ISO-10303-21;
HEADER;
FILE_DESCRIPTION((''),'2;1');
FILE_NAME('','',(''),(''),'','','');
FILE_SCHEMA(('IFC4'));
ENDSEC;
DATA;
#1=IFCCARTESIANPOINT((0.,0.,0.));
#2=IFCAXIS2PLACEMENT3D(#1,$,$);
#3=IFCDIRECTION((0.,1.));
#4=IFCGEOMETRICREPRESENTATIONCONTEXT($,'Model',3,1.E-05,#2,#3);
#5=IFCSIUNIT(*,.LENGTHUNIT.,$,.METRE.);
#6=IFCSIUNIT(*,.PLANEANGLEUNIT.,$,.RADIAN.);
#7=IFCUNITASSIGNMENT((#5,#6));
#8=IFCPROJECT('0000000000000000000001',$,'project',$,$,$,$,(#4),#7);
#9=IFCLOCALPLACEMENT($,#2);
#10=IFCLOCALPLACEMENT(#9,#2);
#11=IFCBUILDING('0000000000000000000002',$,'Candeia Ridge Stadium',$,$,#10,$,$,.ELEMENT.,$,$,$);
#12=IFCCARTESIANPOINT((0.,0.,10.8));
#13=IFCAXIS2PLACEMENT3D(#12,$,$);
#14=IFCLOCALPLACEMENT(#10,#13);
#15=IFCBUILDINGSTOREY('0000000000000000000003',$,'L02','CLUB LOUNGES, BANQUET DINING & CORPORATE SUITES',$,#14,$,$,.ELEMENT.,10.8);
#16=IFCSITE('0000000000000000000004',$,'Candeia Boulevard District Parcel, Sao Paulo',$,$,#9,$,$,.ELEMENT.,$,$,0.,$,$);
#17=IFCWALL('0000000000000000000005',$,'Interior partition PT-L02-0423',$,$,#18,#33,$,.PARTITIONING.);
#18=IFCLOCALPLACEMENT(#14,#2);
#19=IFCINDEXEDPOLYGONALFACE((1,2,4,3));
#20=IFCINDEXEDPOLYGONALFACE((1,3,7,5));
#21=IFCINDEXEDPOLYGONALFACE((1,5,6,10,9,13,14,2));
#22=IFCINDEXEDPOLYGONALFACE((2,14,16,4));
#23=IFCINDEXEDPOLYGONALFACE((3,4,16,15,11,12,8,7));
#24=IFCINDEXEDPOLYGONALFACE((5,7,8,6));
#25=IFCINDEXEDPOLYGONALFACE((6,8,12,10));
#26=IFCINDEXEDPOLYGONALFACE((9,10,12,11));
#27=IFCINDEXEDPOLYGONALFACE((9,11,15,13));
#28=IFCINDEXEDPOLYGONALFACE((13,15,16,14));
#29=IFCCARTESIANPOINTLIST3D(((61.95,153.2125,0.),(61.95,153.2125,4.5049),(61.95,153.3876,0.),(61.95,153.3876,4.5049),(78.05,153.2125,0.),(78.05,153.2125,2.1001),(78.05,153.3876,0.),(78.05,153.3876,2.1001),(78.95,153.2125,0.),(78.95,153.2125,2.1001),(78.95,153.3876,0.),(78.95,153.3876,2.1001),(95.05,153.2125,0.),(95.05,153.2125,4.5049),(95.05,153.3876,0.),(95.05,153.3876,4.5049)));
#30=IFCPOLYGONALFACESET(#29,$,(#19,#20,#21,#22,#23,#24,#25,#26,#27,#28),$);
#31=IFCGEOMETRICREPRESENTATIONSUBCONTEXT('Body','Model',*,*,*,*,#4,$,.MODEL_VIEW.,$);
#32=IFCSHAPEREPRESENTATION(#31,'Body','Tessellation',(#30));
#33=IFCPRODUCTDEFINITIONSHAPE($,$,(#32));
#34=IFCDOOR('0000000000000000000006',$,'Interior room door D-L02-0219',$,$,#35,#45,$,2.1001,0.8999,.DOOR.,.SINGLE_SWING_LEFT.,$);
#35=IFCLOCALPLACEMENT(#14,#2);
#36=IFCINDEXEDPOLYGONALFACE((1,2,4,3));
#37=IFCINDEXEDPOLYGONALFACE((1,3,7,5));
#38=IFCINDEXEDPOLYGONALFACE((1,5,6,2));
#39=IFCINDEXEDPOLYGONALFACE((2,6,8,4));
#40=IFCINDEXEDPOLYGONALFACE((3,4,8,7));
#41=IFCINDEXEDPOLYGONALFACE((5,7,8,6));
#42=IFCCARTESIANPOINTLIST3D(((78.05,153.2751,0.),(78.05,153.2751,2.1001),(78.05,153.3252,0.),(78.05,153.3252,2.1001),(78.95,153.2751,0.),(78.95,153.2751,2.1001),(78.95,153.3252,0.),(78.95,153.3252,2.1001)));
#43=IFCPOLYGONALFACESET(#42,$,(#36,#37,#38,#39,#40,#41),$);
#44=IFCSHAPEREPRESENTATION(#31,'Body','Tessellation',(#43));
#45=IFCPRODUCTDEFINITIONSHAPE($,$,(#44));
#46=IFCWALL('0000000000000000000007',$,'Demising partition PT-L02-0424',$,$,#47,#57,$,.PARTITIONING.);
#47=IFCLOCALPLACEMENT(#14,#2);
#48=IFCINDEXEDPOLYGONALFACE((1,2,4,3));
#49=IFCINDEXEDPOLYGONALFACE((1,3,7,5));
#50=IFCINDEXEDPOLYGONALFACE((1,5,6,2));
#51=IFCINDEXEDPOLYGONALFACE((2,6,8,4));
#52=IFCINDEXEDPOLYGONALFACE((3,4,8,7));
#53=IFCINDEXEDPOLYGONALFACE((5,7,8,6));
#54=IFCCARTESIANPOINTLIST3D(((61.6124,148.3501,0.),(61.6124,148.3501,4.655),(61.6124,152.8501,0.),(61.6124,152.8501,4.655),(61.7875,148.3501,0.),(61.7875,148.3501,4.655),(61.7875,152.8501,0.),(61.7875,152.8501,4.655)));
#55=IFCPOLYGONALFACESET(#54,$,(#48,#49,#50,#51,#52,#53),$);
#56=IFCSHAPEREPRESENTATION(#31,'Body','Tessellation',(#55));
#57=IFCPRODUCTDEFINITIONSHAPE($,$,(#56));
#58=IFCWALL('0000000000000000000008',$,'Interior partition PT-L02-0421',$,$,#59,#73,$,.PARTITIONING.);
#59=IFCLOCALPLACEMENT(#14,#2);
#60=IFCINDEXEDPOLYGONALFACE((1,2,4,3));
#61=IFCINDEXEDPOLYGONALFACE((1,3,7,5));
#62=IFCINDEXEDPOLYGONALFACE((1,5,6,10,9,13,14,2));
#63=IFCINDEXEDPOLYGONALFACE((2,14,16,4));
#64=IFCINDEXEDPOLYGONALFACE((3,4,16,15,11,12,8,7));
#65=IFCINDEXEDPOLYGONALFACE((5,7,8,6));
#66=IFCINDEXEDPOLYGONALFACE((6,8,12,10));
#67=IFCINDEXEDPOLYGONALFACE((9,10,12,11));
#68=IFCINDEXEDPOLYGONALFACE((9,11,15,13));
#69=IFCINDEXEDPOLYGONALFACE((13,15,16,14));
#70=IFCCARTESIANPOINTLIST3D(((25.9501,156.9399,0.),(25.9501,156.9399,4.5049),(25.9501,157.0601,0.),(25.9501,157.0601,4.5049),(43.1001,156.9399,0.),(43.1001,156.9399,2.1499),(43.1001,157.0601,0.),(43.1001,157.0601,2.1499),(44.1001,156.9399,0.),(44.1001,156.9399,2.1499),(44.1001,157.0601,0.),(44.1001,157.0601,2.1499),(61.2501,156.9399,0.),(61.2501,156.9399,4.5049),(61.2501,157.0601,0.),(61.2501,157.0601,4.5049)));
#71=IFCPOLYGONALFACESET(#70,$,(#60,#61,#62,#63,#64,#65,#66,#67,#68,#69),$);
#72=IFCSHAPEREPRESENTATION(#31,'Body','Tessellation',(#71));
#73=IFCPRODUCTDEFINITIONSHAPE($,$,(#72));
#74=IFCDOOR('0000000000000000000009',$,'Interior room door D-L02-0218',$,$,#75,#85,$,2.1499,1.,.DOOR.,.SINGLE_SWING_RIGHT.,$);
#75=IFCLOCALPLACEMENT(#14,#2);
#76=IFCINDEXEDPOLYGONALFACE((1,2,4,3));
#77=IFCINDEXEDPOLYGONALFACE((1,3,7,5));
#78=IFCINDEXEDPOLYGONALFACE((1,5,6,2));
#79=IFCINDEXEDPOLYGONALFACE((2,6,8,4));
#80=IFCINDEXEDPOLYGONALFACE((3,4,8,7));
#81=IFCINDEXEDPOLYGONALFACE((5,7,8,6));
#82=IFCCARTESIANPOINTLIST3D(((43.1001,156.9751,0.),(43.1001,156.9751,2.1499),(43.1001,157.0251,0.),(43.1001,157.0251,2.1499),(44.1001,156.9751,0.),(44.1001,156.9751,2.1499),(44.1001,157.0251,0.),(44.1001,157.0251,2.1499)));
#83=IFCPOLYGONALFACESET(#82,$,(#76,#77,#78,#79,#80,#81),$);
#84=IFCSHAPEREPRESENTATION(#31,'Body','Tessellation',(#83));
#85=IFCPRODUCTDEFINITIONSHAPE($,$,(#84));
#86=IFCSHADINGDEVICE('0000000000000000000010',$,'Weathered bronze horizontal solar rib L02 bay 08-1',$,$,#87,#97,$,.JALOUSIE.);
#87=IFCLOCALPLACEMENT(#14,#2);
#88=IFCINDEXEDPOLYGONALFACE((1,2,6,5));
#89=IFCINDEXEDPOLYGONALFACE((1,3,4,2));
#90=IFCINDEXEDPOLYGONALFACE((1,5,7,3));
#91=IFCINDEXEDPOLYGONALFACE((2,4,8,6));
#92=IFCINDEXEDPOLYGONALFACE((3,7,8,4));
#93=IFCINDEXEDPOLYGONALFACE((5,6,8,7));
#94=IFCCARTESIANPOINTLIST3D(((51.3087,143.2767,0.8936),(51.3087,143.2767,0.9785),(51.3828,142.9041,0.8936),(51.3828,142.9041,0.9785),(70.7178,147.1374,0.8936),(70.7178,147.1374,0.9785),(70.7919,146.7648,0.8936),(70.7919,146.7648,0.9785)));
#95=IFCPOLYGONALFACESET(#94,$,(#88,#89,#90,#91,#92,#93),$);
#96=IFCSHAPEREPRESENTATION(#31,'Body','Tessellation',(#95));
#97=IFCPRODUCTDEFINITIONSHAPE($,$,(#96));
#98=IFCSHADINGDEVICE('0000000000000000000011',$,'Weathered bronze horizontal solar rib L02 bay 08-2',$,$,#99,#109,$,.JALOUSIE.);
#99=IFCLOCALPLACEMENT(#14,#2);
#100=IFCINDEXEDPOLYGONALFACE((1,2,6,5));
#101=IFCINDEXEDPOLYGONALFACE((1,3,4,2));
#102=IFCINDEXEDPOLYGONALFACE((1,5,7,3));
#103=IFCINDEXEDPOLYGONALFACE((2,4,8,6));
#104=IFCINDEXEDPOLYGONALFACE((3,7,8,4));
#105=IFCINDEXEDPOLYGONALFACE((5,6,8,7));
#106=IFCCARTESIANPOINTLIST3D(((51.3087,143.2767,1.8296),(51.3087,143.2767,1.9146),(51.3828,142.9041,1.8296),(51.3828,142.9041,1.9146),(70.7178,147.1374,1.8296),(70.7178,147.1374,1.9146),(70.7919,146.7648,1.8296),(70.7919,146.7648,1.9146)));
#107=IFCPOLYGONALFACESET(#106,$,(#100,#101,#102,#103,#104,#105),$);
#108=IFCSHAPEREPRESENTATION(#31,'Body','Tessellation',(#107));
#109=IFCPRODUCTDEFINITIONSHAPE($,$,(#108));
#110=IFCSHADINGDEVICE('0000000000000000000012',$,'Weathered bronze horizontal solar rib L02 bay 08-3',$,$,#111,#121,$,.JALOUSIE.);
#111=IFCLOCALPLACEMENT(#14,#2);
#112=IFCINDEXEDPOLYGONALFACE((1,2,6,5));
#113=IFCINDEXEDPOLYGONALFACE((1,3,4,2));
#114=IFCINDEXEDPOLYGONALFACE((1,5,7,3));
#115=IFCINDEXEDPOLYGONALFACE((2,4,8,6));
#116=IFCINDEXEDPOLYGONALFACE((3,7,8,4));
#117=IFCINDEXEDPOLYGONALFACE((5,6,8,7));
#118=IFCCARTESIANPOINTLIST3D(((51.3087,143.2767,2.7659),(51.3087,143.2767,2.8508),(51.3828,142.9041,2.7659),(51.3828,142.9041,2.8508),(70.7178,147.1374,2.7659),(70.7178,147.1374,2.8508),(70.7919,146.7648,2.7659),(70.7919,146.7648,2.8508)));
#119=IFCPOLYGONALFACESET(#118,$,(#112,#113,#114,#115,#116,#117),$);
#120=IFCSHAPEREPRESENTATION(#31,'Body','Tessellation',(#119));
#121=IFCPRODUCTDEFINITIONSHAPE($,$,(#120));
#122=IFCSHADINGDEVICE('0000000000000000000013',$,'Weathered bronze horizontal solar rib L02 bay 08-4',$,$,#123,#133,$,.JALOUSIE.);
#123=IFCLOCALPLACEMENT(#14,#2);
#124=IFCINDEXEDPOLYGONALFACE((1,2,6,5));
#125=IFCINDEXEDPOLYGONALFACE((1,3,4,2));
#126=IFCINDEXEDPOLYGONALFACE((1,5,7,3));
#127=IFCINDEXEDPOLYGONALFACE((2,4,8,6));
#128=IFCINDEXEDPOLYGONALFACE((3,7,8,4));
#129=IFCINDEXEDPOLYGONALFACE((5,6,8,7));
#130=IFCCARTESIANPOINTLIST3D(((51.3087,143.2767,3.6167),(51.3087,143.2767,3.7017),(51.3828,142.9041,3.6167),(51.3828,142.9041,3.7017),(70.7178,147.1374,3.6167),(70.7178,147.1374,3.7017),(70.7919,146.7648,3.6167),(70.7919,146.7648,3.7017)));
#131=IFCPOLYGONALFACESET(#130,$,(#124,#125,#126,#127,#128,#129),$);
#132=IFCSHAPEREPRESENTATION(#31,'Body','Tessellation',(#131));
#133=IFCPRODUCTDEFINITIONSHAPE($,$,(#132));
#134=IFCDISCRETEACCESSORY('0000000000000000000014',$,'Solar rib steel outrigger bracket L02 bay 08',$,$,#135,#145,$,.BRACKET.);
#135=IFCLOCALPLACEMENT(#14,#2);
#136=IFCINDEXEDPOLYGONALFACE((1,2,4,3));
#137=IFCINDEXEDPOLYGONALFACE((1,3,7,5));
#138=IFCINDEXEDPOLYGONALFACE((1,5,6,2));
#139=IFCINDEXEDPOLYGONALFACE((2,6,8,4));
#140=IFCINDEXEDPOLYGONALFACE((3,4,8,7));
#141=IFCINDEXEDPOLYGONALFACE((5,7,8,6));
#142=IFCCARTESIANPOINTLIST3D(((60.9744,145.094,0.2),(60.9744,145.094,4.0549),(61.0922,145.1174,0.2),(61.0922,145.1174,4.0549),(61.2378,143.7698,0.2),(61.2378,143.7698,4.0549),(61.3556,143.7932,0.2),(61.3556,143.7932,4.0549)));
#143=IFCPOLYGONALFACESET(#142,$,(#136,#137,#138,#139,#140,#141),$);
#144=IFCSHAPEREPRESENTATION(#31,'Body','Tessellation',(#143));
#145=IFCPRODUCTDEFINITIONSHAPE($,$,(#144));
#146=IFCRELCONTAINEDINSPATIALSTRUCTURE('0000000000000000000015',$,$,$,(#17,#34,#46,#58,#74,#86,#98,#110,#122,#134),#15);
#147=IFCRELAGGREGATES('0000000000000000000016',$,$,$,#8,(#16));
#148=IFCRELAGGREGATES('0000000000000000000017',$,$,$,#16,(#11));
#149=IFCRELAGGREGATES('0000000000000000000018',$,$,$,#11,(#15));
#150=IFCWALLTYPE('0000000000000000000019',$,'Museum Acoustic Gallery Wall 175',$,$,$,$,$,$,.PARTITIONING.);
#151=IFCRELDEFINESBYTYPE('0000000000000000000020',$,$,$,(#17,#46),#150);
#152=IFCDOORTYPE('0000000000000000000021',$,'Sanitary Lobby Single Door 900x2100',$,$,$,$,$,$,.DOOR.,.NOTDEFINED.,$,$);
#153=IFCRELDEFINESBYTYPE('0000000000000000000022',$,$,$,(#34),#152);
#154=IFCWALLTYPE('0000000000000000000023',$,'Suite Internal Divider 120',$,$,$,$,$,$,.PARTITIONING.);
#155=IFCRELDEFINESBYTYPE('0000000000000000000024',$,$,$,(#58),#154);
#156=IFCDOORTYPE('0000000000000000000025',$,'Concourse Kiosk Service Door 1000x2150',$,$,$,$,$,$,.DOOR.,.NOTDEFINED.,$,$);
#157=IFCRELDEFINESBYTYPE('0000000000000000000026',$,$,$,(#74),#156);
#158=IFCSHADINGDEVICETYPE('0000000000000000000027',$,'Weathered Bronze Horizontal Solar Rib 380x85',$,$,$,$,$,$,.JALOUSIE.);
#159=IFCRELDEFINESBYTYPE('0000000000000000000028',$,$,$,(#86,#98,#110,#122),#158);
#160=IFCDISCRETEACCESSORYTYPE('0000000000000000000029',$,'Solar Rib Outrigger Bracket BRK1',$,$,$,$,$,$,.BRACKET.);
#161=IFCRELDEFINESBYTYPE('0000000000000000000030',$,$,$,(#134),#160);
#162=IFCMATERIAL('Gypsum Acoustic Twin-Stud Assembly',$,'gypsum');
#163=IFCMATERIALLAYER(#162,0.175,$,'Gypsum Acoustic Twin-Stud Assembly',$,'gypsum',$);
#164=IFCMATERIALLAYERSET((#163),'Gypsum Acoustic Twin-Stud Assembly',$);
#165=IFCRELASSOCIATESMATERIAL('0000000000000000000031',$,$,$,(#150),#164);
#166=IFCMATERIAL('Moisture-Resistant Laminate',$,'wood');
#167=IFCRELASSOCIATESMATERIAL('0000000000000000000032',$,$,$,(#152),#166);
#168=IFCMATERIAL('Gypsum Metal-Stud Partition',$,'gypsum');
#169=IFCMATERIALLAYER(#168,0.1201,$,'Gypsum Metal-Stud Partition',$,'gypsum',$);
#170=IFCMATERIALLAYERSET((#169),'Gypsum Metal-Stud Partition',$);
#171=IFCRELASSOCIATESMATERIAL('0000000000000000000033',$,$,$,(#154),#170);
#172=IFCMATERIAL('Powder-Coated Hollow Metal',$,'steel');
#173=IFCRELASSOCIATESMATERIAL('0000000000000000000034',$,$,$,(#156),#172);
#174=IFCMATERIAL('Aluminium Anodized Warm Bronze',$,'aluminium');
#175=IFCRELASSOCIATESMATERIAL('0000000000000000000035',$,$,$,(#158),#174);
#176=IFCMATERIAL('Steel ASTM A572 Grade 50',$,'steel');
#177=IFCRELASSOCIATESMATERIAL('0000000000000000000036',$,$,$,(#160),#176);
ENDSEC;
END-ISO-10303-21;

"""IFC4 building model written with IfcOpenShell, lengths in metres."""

from ifc_helpers import new_model, si_unit, direction, frame, frame_2d, origin, origin_2d, place, context, subcontext, project, spatial, rectangle, extrude, material, layer, layer_set, type_object, element, fill, save


model = new_model("IFC4")

# Units and contexts
model_context = context("Model", 3, precision=1e-05, world=origin(), true_north=direction((0.0, 1.0)))
body_context = subcontext(model_context, "Body", "Model", "MODEL_VIEW")
ifc_project = project(units=[si_unit("LENGTHUNIT", "METRE"), si_unit("PLANEANGLEUNIT", "RADIAN")], contexts=[model_context])

# Site, building, storey
site_placement = place(None, origin())
site = spatial("IfcSite", under=ifc_project, at=site_placement, Name="Candeia Boulevard District Parcel, Sao Paulo", CompositionType="ELEMENT", RefElevation=0.0)
building_placement = place(site_placement, origin())
building = spatial("IfcBuilding", under=site, at=building_placement, Name="Candeia Ridge Stadium", CompositionType="ELEMENT")
storey_placement = place(building_placement, frame((0.0, 0.0, 10.8)))
storey = spatial("IfcBuildingStorey", under=building, at=storey_placement, Name="L02", Description="CLUB LOUNGES, BANQUET DINING & CORPORATE SUITES", CompositionType="ELEMENT", Elevation=10.8)

# Shared definitions
ifc_material_1 = material(Name="Aluminium Anodized Warm Bronze", Category="aluminium")

# Wall, opening, door
ifc_material_2 = material(Name="Gypsum Acoustic Twin-Stud Assembly", Category="gypsum")
ifc_layer_1 = layer(ifc_material_2, 0.175, Name="Gypsum Acoustic Twin-Stud Assembly", Category="gypsum")
ifc_layer_set_1 = layer_set([ifc_layer_1], Name="Gypsum Acoustic Twin-Stud Assembly")
wall_type_1 = type_object("IfcWallType", Name="Museum Acoustic Gallery Wall 175", PredefinedType="PARTITIONING", material=ifc_layer_set_1)
wall_1_placement = place(storey_placement, frame((61.95, 153.3, 0.0), z_axis=(0.0, 0.0, 1.0), x_axis=(1.0, 0.0, 0.0)))
wall_1 = element("IfcWall", 1, at=wall_1_placement, inside=storey, type_object=wall_type_1, Name="Interior partition PT-L02-0423", PredefinedType="PARTITIONING", context=body_context, shape_type="SweptSolid", body=[
    extrude(rectangle(XDim=33.1001, YDim=0.175, at=frame_2d((16.55, 0.0))), origin(), (0.0, 0.0, 1.0), 4.5049),
])
opening_1_placement = place(wall_1_placement, frame((16.1001, 0.0, 0.0)))
opening_1 = element("IfcOpeningElement", 2, at=opening_1_placement, cuts=wall_1, PredefinedType="OPENING", context=body_context, shape_type="SweptSolid", body=[
    extrude(rectangle(XDim=0.8999, YDim=2.1001, at=frame_2d((0.45, 1.05))), frame((0.0, 0.0974, 0.0), z_axis=(0.0, -1.0, 0.0), x_axis=(1.0, 0.0, 0.0)), (0.0, 0.0, 1.0), 0.1951),
])
ifc_material_3 = material(Name="Moisture-Resistant Laminate", Category="wood")
door_type_1 = type_object("IfcDoorType", Name="Sanitary Lobby Single Door 900x2100", OperationType="NOTDEFINED", PredefinedType="DOOR", material=ifc_material_3)
door_1_placement = place(opening_1_placement, frame((0.8999, 0.0, 0.0), z_axis=(0.0, 0.0, 1.0), x_axis=(-1.0, 0.0, 0.0)))
door_1 = element("IfcDoor", 3, at=door_1_placement, inside=storey, type_object=door_type_1, Name="Interior room door D-L02-0219", OperationType="SINGLE_SWING_LEFT", OverallHeight=2.1001, OverallWidth=0.8999, PredefinedType="DOOR", context=body_context, shape_type="SweptSolid", body=[
    extrude(rectangle(XDim=0.8999, YDim=2.1001, at=frame_2d((0.45, 1.05))), frame((0.0, 0.0249, 0.0), z_axis=(0.0, -1.0, 0.0), x_axis=(1.0, 0.0, 0.0)), (0.0, 0.0, 1.0), 0.05),
])
fill(opening_1, door_1)

# Wall
wall_2_placement = place(storey_placement, frame((61.7, 148.3501, 0.0), z_axis=(0.0, 0.0, 1.0), x_axis=(0.0, 1.0, 0.0)))
element("IfcWall", 4, at=wall_2_placement, inside=storey, type_object=wall_type_1, Name="Demising partition PT-L02-0424", PredefinedType="PARTITIONING", context=body_context, shape_type="SweptSolid", body=[
    extrude(rectangle(XDim=4.5, YDim=0.175, at=frame_2d((2.25, 0.0))), origin(), (0.0, 0.0, 1.0), 4.655),
])

# Wall, opening, door
ifc_material_4 = material(Name="Gypsum Metal-Stud Partition", Category="gypsum")
ifc_layer_2 = layer(ifc_material_4, 0.1201, Name="Gypsum Metal-Stud Partition", Category="gypsum")
ifc_layer_set_2 = layer_set([ifc_layer_2], Name="Gypsum Metal-Stud Partition")
wall_type_2 = type_object("IfcWallType", Name="Suite Internal Divider 120", PredefinedType="PARTITIONING", material=ifc_layer_set_2)
wall_3_placement = place(storey_placement, frame((61.25, 157.0, 0.0), z_axis=(0.0, 0.0, 1.0), x_axis=(-1.0, 0.0, 0.0)))
wall_3 = element("IfcWall", 5, at=wall_3_placement, inside=storey, type_object=wall_type_2, Name="Interior partition PT-L02-0421", PredefinedType="PARTITIONING", context=body_context, shape_type="SweptSolid", body=[
    extrude(rectangle(XDim=35.3, YDim=0.1201, at=frame_2d((17.6499, 0.0))), origin(), (0.0, 0.0, 1.0), 4.5049),
])
opening_2_placement = place(wall_3_placement, frame((17.1499, 0.0, 0.0)))
opening_2 = element("IfcOpeningElement", 6, at=opening_2_placement, cuts=wall_3, PredefinedType="OPENING", context=body_context, shape_type="SweptSolid", body=[
    extrude(rectangle(XDim=1.0, YDim=2.1499, at=frame_2d((0.5, 1.075))), frame((0.0, 0.0701, 0.0), z_axis=(0.0, -1.0, 0.0), x_axis=(1.0, 0.0, 0.0)), (0.0, 0.0, 1.0), 0.1401),
])
ifc_material_5 = material(Name="Powder-Coated Hollow Metal", Category="steel")
door_type_2 = type_object("IfcDoorType", Name="Concourse Kiosk Service Door 1000x2150", OperationType="NOTDEFINED", PredefinedType="DOOR", material=ifc_material_5)
door_2_placement = place(opening_2_placement, origin())
door_2 = element("IfcDoor", 7, at=door_2_placement, inside=storey, type_object=door_type_2, Name="Interior room door D-L02-0218", OperationType="SINGLE_SWING_RIGHT", OverallHeight=2.1499, OverallWidth=1.0, PredefinedType="DOOR", context=body_context, shape_type="SweptSolid", body=[
    extrude(rectangle(XDim=1.0, YDim=2.1499, at=frame_2d((0.5, 1.075))), frame((0.0, 0.0249, 0.0), z_axis=(0.0, -1.0, 0.0), x_axis=(1.0, 0.0, 0.0)), (0.0, 0.0, 1.0), 0.05),
])
fill(opening_2, door_2)

# Shading devices
shading_device_type = type_object("IfcShadingDeviceType", Name="Weathered Bronze Horizontal Solar Rib 380x85", PredefinedType="JALOUSIE", material=ifc_material_1)
for number, where, z_axis, x_axis, name in (
    (8, (61.0503, 145.0208, 0.8936), (0.0, 0.0, 1.0), (-0.980785, -0.19509, 0.0), "Weathered bronze horizontal solar rib L02 bay 08-1"),
    (9, (61.0503, 145.0208, 1.8296), (0.0, 0.0, 1.0), (-0.980785, -0.19509, 0.0), "Weathered bronze horizontal solar rib L02 bay 08-2"),
    (10, (61.0503, 145.0208, 2.7659), (0.0, 0.0, 1.0), (-0.980785, -0.19509, 0.0), "Weathered bronze horizontal solar rib L02 bay 08-3"),
    (11, (61.0503, 145.0208, 3.6167), (0.0, 0.0, 1.0), (-0.980785, -0.19509, 0.0), "Weathered bronze horizontal solar rib L02 bay 08-4"),
):
    element("IfcShadingDevice", number, at=place(storey_placement, frame(where, z_axis=z_axis, x_axis=x_axis)), inside=storey, type_object=shading_device_type, Name=name, PredefinedType="JALOUSIE", context=body_context, shape_type="SweptSolid", body=[
        extrude(rectangle(XDim=19.7893, YDim=0.3799, at=origin_2d()), origin(), (0.0, 0.0, 1.0), 0.085),
    ])

# Discrete accessory
ifc_material_6 = material(Name="Steel ASTM A572 Grade 50", Category="steel")
discrete_accessory_type = type_object("IfcDiscreteAccessoryType", Name="Solar Rib Outrigger Bracket BRK1", PredefinedType="BRACKET", material=ifc_material_6)
discrete_accessory_placement = place(storey_placement, frame((61.165, 144.4436, 0.2), z_axis=(0.0, 0.0, 1.0), x_axis=(-0.19509, 0.980785, 0.0)))
element("IfcDiscreteAccessory", 12, at=discrete_accessory_placement, inside=storey, type_object=discrete_accessory_type, Name="Solar rib steel outrigger bracket L02 bay 08", PredefinedType="BRACKET", context=body_context, shape_type="SweptSolid", body=[
    extrude(rectangle(XDim=1.3501, YDim=0.1201, at=origin_2d()), origin(), (0.0, 0.0, 1.0), 3.855),
])

save(model, "model.ifc")
